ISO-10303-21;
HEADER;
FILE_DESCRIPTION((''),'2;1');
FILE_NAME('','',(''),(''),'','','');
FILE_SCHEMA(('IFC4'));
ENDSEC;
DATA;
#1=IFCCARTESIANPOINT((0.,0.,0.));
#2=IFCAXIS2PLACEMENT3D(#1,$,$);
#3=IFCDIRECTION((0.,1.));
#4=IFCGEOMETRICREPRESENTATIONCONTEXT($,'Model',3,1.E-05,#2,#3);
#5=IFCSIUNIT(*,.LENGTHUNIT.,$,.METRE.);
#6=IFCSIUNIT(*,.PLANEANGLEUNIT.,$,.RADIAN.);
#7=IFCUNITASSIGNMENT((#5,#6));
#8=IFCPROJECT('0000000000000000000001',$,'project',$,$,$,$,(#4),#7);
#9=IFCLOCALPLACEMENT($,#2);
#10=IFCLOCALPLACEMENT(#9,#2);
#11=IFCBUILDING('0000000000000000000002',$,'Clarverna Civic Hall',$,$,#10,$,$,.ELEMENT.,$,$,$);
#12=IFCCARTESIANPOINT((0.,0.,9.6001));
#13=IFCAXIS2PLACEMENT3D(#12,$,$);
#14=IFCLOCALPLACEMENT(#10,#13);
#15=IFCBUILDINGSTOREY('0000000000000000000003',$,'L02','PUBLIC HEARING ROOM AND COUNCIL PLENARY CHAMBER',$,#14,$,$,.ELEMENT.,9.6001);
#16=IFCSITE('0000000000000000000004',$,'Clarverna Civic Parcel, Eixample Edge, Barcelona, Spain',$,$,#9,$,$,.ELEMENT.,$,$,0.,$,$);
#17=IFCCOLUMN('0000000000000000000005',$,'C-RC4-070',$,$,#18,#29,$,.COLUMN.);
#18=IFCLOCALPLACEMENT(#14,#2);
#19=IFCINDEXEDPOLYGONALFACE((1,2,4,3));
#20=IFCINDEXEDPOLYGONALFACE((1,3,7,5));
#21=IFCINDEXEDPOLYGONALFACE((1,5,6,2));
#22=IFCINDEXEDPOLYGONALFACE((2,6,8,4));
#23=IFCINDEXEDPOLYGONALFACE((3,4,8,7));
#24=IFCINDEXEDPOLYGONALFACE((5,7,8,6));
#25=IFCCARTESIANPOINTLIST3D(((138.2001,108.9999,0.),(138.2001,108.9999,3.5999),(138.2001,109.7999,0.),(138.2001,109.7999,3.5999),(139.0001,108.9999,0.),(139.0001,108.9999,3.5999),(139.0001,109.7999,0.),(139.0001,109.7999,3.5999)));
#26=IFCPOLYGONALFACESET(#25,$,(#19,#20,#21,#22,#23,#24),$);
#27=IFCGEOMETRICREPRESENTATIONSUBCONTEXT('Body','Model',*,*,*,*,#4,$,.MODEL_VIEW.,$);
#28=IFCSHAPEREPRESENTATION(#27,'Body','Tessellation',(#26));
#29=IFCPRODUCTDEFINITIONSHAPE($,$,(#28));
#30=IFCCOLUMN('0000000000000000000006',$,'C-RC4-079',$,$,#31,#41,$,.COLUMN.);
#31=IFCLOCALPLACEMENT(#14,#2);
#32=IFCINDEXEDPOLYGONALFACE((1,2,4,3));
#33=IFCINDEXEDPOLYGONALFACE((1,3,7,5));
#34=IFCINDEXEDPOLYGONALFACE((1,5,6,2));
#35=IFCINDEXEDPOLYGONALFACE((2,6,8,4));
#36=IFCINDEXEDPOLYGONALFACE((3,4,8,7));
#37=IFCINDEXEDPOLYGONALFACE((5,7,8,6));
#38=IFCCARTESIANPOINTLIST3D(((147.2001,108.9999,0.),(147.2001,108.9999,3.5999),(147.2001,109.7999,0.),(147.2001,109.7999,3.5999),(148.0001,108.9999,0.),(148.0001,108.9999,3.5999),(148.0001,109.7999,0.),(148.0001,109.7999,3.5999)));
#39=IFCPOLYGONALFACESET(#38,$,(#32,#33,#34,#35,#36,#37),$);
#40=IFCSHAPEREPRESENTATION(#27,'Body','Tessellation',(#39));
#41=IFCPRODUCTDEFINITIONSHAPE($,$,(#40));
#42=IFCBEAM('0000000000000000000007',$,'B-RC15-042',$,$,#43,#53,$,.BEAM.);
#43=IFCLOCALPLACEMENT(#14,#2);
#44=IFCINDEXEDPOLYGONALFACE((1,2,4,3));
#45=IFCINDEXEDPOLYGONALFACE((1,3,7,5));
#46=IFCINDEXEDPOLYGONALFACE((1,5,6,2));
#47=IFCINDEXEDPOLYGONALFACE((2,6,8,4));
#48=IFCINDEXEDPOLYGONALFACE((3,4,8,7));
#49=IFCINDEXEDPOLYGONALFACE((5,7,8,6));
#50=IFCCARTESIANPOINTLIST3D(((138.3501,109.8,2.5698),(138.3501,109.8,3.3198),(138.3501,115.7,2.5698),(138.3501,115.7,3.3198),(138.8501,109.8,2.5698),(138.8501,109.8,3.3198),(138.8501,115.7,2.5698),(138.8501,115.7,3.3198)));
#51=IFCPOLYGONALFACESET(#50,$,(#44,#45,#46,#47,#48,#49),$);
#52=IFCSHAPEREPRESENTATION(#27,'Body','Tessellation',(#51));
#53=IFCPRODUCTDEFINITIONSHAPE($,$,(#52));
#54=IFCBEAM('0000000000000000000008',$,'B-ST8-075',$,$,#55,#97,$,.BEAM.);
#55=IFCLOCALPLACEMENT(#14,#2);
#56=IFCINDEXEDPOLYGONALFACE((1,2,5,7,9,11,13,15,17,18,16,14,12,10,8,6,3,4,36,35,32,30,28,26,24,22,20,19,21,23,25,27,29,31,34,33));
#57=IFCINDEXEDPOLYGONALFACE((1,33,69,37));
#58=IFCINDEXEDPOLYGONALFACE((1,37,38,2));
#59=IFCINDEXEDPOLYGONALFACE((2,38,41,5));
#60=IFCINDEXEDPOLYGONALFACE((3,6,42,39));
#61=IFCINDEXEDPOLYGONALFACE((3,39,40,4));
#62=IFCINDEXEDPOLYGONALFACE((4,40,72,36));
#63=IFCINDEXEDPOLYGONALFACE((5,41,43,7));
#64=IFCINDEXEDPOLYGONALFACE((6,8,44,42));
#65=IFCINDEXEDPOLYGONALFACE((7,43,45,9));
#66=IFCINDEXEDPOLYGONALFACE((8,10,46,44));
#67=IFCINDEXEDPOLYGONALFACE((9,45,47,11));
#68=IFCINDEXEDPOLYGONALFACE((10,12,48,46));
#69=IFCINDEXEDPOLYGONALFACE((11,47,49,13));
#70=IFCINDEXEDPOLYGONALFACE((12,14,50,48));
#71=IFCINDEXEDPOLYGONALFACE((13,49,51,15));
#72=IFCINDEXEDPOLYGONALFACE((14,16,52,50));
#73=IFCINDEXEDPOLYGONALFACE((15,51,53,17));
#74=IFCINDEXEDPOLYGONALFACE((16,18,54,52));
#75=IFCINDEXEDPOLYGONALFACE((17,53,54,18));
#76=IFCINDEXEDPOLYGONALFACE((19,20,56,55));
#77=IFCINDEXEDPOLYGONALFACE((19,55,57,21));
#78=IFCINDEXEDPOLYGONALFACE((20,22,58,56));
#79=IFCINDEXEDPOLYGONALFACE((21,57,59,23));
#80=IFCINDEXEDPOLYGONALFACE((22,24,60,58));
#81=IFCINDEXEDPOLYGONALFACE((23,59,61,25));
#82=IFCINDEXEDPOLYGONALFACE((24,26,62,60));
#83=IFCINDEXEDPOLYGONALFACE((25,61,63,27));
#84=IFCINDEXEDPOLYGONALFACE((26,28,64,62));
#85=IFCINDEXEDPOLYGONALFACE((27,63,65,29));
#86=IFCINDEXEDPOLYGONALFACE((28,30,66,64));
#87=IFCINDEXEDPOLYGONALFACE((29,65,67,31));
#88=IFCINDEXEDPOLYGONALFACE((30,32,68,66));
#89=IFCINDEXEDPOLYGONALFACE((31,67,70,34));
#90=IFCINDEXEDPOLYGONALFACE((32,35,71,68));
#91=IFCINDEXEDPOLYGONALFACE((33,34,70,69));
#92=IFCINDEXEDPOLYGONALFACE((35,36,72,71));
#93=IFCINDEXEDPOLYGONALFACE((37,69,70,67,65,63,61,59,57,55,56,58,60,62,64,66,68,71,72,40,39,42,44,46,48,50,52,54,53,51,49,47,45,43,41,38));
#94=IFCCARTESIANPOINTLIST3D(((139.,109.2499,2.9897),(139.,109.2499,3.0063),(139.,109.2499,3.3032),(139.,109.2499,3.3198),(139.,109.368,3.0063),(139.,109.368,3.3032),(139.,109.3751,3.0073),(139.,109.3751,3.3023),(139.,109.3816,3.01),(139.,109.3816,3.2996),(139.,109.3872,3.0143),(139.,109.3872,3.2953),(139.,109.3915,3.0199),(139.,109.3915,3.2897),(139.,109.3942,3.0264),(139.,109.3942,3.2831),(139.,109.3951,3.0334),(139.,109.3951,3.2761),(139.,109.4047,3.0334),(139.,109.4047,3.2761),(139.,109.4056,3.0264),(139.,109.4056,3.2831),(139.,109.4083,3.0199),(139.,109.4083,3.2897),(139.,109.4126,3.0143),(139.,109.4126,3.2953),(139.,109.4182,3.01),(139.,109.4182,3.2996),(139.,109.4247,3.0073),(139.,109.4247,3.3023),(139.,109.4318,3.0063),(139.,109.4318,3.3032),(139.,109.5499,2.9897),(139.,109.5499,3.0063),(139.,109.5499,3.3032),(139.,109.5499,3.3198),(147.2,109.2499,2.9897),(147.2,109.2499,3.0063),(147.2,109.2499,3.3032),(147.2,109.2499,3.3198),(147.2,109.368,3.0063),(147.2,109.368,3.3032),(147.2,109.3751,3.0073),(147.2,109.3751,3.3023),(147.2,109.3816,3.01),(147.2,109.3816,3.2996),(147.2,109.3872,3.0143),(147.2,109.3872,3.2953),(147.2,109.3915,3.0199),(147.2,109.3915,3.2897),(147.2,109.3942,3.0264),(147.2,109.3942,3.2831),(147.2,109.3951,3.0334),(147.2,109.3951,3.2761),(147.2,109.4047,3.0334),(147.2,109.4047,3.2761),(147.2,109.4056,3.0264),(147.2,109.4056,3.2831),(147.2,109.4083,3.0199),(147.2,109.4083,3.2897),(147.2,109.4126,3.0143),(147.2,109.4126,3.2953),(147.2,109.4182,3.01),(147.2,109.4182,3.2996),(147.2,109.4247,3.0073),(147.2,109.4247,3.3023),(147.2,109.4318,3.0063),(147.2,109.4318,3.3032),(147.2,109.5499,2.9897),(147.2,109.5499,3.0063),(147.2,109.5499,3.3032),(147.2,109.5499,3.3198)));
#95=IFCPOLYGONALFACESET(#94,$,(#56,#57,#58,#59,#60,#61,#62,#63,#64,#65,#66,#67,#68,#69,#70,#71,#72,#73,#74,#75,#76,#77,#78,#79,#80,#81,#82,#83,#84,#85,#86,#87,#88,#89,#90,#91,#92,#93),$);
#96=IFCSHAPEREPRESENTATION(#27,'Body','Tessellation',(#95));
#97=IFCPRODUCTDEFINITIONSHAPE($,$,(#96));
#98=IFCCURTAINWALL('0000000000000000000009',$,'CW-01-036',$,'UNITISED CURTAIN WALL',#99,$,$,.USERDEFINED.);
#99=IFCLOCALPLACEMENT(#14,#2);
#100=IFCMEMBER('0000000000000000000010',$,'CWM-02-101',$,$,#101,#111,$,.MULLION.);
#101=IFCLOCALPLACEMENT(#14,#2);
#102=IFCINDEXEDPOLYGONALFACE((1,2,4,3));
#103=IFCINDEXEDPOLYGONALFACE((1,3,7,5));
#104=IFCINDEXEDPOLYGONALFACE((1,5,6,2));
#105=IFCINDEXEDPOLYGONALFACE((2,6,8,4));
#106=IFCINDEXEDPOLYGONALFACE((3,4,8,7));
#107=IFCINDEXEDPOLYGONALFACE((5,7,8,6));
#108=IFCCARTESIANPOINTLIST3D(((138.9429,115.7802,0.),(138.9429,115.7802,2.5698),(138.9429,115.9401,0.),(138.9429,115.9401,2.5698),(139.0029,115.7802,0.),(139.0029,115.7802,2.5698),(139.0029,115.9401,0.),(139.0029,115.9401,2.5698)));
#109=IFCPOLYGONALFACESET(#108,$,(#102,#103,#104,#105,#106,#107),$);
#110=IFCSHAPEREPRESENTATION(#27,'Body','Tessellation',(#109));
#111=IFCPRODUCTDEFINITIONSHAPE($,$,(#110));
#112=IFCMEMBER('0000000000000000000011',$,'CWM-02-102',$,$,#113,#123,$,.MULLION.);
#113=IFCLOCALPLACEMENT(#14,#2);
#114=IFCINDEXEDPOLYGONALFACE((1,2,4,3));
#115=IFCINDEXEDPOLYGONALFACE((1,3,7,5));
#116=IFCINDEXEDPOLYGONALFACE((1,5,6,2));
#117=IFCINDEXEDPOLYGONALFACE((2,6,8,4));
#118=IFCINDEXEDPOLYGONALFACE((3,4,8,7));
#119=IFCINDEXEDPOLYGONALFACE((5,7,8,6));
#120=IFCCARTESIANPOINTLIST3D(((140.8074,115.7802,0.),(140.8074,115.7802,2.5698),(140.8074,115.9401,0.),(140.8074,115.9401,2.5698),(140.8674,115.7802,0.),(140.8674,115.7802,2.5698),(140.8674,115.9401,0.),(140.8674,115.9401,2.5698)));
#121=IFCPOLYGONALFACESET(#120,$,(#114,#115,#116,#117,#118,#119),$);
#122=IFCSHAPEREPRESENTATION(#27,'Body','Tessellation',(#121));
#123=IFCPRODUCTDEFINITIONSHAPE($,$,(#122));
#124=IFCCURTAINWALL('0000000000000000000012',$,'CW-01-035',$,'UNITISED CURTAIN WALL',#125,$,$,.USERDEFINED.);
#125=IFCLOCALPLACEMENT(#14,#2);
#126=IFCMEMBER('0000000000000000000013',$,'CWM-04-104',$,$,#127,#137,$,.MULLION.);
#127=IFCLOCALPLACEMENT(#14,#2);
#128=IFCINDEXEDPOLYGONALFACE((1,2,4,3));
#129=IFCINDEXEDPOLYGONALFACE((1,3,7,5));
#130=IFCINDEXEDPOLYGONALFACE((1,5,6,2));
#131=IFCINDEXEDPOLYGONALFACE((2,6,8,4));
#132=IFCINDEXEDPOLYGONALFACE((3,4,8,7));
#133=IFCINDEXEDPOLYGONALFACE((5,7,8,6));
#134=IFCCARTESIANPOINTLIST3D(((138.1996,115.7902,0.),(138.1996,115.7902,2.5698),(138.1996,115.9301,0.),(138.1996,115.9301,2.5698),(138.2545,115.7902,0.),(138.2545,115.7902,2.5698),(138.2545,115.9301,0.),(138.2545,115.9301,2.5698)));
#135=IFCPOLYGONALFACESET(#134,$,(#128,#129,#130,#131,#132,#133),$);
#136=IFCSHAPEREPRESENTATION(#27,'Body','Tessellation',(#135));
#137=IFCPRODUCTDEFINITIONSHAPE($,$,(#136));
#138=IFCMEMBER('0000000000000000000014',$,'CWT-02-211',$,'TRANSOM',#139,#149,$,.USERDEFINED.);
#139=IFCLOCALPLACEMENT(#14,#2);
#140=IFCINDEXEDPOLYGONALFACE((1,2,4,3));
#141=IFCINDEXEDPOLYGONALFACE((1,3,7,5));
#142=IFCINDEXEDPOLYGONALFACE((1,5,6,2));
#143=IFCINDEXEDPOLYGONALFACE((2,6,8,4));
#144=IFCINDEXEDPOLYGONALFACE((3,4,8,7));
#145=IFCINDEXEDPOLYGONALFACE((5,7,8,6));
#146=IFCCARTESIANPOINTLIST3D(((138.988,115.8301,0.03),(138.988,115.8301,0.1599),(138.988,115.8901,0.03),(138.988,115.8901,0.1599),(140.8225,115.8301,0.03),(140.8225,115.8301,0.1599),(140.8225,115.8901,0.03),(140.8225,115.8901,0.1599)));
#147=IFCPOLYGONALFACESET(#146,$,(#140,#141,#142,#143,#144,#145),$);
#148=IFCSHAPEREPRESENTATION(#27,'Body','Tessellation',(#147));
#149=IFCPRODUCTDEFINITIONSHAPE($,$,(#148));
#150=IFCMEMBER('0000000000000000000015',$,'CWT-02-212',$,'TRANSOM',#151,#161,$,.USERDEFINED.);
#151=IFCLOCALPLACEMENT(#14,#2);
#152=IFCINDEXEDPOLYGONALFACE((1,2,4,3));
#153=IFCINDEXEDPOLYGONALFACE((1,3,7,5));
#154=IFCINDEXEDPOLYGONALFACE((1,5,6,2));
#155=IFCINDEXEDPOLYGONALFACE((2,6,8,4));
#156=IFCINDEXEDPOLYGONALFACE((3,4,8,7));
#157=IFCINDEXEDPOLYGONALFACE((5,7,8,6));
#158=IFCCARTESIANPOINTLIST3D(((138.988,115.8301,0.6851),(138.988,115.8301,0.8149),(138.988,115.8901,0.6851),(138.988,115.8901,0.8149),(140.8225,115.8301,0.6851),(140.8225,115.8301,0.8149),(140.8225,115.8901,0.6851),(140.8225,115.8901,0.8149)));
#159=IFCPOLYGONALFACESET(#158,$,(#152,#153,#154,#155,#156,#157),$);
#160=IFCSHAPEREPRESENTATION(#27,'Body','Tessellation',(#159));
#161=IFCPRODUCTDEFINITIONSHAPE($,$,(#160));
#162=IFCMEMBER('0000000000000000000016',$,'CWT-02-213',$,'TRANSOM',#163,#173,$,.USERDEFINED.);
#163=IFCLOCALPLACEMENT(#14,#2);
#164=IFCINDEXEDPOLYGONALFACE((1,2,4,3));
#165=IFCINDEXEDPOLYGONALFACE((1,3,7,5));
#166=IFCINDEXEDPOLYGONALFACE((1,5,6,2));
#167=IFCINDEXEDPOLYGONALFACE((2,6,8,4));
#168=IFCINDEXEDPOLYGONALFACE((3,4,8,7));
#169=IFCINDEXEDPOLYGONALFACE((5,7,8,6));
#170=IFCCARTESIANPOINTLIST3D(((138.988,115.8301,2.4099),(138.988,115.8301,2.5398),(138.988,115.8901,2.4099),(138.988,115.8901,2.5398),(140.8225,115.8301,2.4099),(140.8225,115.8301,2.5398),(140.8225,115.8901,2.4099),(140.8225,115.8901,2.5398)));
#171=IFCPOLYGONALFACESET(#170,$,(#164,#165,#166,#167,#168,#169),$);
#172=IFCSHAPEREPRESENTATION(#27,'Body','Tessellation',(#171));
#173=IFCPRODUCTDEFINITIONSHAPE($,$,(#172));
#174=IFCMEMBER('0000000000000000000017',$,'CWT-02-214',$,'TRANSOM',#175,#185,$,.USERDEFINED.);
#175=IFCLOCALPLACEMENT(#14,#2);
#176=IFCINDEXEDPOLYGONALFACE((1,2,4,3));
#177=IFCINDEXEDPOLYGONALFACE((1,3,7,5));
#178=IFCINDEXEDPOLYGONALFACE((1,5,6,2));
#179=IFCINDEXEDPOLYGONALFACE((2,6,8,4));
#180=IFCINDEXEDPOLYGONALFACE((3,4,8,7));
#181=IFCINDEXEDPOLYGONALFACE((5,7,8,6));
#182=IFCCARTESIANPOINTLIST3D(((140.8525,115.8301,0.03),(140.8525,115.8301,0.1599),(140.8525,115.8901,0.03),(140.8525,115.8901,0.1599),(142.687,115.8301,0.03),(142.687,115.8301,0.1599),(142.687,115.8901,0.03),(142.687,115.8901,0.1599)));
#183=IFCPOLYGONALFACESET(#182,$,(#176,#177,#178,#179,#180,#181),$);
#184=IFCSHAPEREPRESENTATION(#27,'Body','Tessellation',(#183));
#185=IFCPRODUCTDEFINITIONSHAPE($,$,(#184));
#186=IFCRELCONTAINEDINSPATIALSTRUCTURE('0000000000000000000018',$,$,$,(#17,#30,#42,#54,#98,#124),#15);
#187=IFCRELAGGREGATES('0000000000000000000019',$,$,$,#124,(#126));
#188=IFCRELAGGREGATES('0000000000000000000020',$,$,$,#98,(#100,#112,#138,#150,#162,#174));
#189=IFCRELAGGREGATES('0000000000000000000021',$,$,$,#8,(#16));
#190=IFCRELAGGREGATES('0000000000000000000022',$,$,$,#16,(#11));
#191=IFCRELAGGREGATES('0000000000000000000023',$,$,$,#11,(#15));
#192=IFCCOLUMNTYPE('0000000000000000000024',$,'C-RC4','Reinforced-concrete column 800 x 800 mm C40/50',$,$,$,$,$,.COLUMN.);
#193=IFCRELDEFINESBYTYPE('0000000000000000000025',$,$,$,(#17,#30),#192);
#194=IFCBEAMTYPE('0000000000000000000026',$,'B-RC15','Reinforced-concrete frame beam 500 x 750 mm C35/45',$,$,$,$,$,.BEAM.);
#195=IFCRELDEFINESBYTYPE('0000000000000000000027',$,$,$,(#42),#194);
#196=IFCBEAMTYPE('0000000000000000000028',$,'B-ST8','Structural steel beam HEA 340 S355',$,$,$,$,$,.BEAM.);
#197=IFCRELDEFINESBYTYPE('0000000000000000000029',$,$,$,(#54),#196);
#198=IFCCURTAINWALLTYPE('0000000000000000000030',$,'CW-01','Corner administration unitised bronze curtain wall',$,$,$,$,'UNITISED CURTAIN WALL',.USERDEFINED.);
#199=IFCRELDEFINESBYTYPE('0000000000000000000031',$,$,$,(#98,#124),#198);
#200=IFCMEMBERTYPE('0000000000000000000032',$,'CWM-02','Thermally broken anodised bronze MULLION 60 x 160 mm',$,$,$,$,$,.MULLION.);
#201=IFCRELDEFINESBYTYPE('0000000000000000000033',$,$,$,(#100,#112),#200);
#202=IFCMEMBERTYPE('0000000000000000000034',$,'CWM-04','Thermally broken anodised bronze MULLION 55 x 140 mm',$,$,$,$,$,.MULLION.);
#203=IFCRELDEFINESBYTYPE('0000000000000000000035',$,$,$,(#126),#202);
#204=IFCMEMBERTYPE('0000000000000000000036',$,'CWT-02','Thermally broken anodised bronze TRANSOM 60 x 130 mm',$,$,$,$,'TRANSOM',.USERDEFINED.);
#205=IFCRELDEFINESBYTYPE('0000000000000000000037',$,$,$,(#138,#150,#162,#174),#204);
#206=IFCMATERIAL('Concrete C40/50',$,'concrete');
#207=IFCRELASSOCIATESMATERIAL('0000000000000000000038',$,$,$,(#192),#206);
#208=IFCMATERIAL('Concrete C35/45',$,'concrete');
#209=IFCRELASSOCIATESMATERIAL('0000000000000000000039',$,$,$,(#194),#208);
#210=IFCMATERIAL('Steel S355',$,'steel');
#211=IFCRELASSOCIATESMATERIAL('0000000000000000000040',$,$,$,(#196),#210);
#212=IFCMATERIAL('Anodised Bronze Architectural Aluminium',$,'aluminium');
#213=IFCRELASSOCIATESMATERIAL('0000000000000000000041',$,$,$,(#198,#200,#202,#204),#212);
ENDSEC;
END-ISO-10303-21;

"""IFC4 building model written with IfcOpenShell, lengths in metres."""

from ifc_helpers import new_model, si_unit, direction, frame, origin, origin_2d, place, context, subcontext, project, spatial, rectangle, i_section, extrude, material, material_profile, profile_set, type_object, element, aggregate, save


model = new_model("IFC4")

# Units and contexts
model_context = context("Model", 3, precision=1e-05, world=origin(), true_north=direction((0.0, 1.0)))
body_context = subcontext(model_context, "Body", "Model", "MODEL_VIEW")
ifc_project = project(units=[si_unit("LENGTHUNIT", "METRE"), si_unit("PLANEANGLEUNIT", "RADIAN")], contexts=[model_context])

# Site, building, storey
site_placement = place(None, origin())
site = spatial("IfcSite", under=ifc_project, at=site_placement, Name="Clarverna Civic Parcel, Eixample Edge, Barcelona, Spain", CompositionType="ELEMENT", RefElevation=0.0)
building_placement = place(site_placement, origin())
building = spatial("IfcBuilding", under=site, at=building_placement, Name="Clarverna Civic Hall", CompositionType="ELEMENT")
storey_placement = place(building_placement, frame((0.0, 0.0, 9.6001)))
storey = spatial("IfcBuildingStorey", under=building, at=storey_placement, Name="L02", Description="PUBLIC HEARING ROOM AND COUNCIL PLENARY CHAMBER", CompositionType="ELEMENT", Elevation=9.6001)

# Columns
ifc_material_1 = material(Name="Concrete C40/50", Category="concrete")
ifc_material_profile_1 = material_profile(ifc_material_1, rectangle(XDim=0.8, YDim=0.8, at=origin_2d()), Name="RC 800x800")
ifc_profile_set_1 = profile_set([ifc_material_profile_1], Name="Concrete C40/50")
column_type = type_object("IfcColumnType", Name="C-RC4", Description="Reinforced-concrete column 800 x 800 mm C40/50", PredefinedType="COLUMN", material=ifc_profile_set_1)
for number, where, z_axis, x_axis, name in (
    (1, (138.6001, 109.3999, 0.0), (0.0, 0.0, 1.0), (1.0, 0.0, 0.0), "C-RC4-070"),
    (2, (147.6001, 109.3999, 0.0), (0.0, 0.0, 1.0), (1.0, 0.0, 0.0), "C-RC4-079"),
):
    element("IfcColumn", number, at=place(storey_placement, frame(where, z_axis=z_axis, x_axis=x_axis)), inside=storey, type_object=column_type, Name=name, PredefinedType="COLUMN", context=body_context, shape_type="SweptSolid", body=[
        extrude(rectangle(XDim=0.8, YDim=0.8, at=origin_2d()), origin(), (0.0, 0.0, 1.0), 3.5999),
    ])

# Beams
ifc_material_2 = material(Name="Concrete C35/45", Category="concrete")
ifc_material_profile_2 = material_profile(ifc_material_2, rectangle(XDim=0.5, YDim=0.75, at=origin_2d()), Name="RC 500x750")
ifc_profile_set_2 = profile_set([ifc_material_profile_2], Name="Concrete C35/45")
beam_type_1 = type_object("IfcBeamType", Name="B-RC15", Description="Reinforced-concrete frame beam 500 x 750 mm C35/45", PredefinedType="BEAM", material=ifc_profile_set_2)
beam_1_placement = place(storey_placement, frame((138.6001, 109.8, 2.9448), z_axis=(0.0, 1.0, 0.0), x_axis=(-1.0, 0.0, 0.0)))
element("IfcBeam", 3, at=beam_1_placement, inside=storey, type_object=beam_type_1, Name="B-RC15-042", PredefinedType="BEAM", context=body_context, shape_type="SweptSolid", body=[
    extrude(rectangle(XDim=0.5, YDim=0.75, at=origin_2d()), origin(), (0.0, 0.0, 1.0), 5.8999),
])
ifc_material_3 = material(Name="Steel S355", Category="steel")
ifc_material_profile_3 = material_profile(ifc_material_3, i_section(OverallWidth=0.3, OverallDepth=0.3301, WebThickness=0.0095, FlangeThickness=0.0166, FilletRadius=0.0271, at=origin_2d()), Name="HEA 340")
ifc_profile_set_3 = profile_set([ifc_material_profile_3], Name="Steel S355")
beam_type_2 = type_object("IfcBeamType", Name="B-ST8", Description="Structural steel beam HEA 340 S355", PredefinedType="BEAM", material=ifc_profile_set_3)
beam_2_placement = place(storey_placement, frame((139.0, 109.3999, 3.1548), z_axis=(1.0, 0.0, 0.0), x_axis=(0.0, 1.0, 0.0)))
element("IfcBeam", 4, at=beam_2_placement, inside=storey, type_object=beam_type_2, Name="B-ST8-075", PredefinedType="BEAM", context=body_context, shape_type="SweptSolid", body=[
    extrude(i_section(OverallWidth=0.3, OverallDepth=0.3301, WebThickness=0.0095, FlangeThickness=0.0166, FilletRadius=0.0271, at=origin_2d()), origin(), (0.0, 0.0, 1.0), 8.2),
])

# Curtain wall, members
ifc_material_4 = material(Name="Anodised Bronze Architectural Aluminium", Category="aluminium")
curtain_wall_type = type_object("IfcCurtainWallType", Name="CW-01", Description="Corner administration unitised bronze curtain wall", ElementType="UNITISED CURTAIN WALL", PredefinedType="USERDEFINED", material=ifc_material_4)
curtain_wall_1_placement = place(storey_placement, origin())
curtain_wall_1 = element("IfcCurtainWall", 5, at=curtain_wall_1_placement, inside=storey, type_object=curtain_wall_type, Name="CW-01-036", ObjectType="UNITISED CURTAIN WALL", PredefinedType="USERDEFINED")
ifc_material_profile_4 = material_profile(ifc_material_4, rectangle(XDim=0.0601, YDim=0.1599, at=origin_2d()), Name="BRONZE 60x160")
ifc_profile_set_4 = profile_set([ifc_material_profile_4], Name="Anodised Bronze Architectural Aluminium")
member_type_1 = type_object("IfcMemberType", Name="CWM-02", Description="Thermally broken anodised bronze MULLION 60 x 160 mm", PredefinedType="MULLION", material=ifc_profile_set_4)
member_1_placement = place(storey_placement, frame((138.9729, 115.8601, 0.0), z_axis=(0.0, 0.0, 1.0), x_axis=(1.0, 0.0, 0.0)))
member_1 = element("IfcMember", 6, at=member_1_placement, type_object=member_type_1, Name="CWM-02-101", PredefinedType="MULLION", context=body_context, shape_type="SweptSolid", body=[
    extrude(rectangle(XDim=0.0601, YDim=0.1599, at=origin_2d()), origin(), (0.0, 0.0, 1.0), 2.5698),
])
member_2_placement = place(storey_placement, frame((140.8374, 115.8601, 0.0), z_axis=(0.0, 0.0, 1.0), x_axis=(1.0, 0.0, 0.0)))
member_2 = element("IfcMember", 7, at=member_2_placement, type_object=member_type_1, Name="CWM-02-102", PredefinedType="MULLION", context=body_context, shape_type="SweptSolid", body=[
    extrude(rectangle(XDim=0.0601, YDim=0.1599, at=origin_2d()), origin(), (0.0, 0.0, 1.0), 2.5698),
])

# Curtain wall, member
curtain_wall_2_placement = place(storey_placement, origin())
curtain_wall_2 = element("IfcCurtainWall", 8, at=curtain_wall_2_placement, inside=storey, type_object=curtain_wall_type, Name="CW-01-035", ObjectType="UNITISED CURTAIN WALL", PredefinedType="USERDEFINED")
ifc_material_profile_5 = material_profile(ifc_material_4, rectangle(XDim=0.0549, YDim=0.1399, at=origin_2d()), Name="BRONZE 55x140")
ifc_profile_set_5 = profile_set([ifc_material_profile_5], Name="Anodised Bronze Architectural Aluminium")
member_type_2 = type_object("IfcMemberType", Name="CWM-04", Description="Thermally broken anodised bronze MULLION 55 x 140 mm", PredefinedType="MULLION", material=ifc_profile_set_5)
member_3_placement = place(storey_placement, frame((138.2271, 115.8601, 0.0), z_axis=(0.0, 0.0, 1.0), x_axis=(1.0, 0.0, 0.0)))
member_3 = element("IfcMember", 9, at=member_3_placement, type_object=member_type_2, Name="CWM-04-104", PredefinedType="MULLION", context=body_context, shape_type="SweptSolid", body=[
    extrude(rectangle(XDim=0.0549, YDim=0.1399, at=origin_2d()), origin(), (0.0, 0.0, 1.0), 2.5698),
])

# Members
ifc_material_profile_6 = material_profile(ifc_material_4, rectangle(XDim=0.0601, YDim=0.1299, at=origin_2d()), Name="BRONZE 60x130")
ifc_profile_set_6 = profile_set([ifc_material_profile_6], Name="Anodised Bronze Architectural Aluminium")
member_type_3 = type_object("IfcMemberType", Name="CWT-02", Description="Thermally broken anodised bronze TRANSOM 60 x 130 mm", ElementType="TRANSOM", PredefinedType="USERDEFINED", material=ifc_profile_set_6)
member_4_placement = place(storey_placement, frame((138.988, 115.8601, 0.095), z_axis=(1.0, 0.0, 0.0), x_axis=(0.0, 1.0, 0.0)))
member_4 = element("IfcMember", 10, at=member_4_placement, type_object=member_type_3, Name="CWT-02-211", ObjectType="TRANSOM", PredefinedType="USERDEFINED", context=body_context, shape_type="SweptSolid", body=[
    extrude(rectangle(XDim=0.0601, YDim=0.1299, at=origin_2d()), origin(), (0.0, 0.0, 1.0), 1.8345),
])
member_5_placement = place(storey_placement, frame((138.988, 115.8601, 0.75), z_axis=(1.0, 0.0, 0.0), x_axis=(0.0, 1.0, 0.0)))
member_5 = element("IfcMember", 11, at=member_5_placement, type_object=member_type_3, Name="CWT-02-212", ObjectType="TRANSOM", PredefinedType="USERDEFINED", context=body_context, shape_type="SweptSolid", body=[
    extrude(rectangle(XDim=0.0601, YDim=0.1299, at=origin_2d()), origin(), (0.0, 0.0, 1.0), 1.8345),
])
member_6_placement = place(storey_placement, frame((138.988, 115.8601, 2.4749), z_axis=(1.0, 0.0, 0.0), x_axis=(0.0, 1.0, 0.0)))
member_6 = element("IfcMember", 12, at=member_6_placement, type_object=member_type_3, Name="CWT-02-213", ObjectType="TRANSOM", PredefinedType="USERDEFINED", context=body_context, shape_type="SweptSolid", body=[
    extrude(rectangle(XDim=0.0601, YDim=0.1299, at=origin_2d()), origin(), (0.0, 0.0, 1.0), 1.8345),
])
member_7_placement = place(storey_placement, frame((140.8525, 115.8601, 0.095), z_axis=(1.0, 0.0, 0.0), x_axis=(0.0, 1.0, 0.0)))
member_7 = element("IfcMember", 13, at=member_7_placement, type_object=member_type_3, Name="CWT-02-214", ObjectType="TRANSOM", PredefinedType="USERDEFINED", context=body_context, shape_type="SweptSolid", body=[
    extrude(rectangle(XDim=0.0601, YDim=0.1299, at=origin_2d()), origin(), (0.0, 0.0, 1.0), 1.8345),
])

aggregate(curtain_wall_2, [member_3])
aggregate(curtain_wall_1, [member_1, member_2, member_4, member_5, member_6, member_7])

save(model, "model.ifc")
